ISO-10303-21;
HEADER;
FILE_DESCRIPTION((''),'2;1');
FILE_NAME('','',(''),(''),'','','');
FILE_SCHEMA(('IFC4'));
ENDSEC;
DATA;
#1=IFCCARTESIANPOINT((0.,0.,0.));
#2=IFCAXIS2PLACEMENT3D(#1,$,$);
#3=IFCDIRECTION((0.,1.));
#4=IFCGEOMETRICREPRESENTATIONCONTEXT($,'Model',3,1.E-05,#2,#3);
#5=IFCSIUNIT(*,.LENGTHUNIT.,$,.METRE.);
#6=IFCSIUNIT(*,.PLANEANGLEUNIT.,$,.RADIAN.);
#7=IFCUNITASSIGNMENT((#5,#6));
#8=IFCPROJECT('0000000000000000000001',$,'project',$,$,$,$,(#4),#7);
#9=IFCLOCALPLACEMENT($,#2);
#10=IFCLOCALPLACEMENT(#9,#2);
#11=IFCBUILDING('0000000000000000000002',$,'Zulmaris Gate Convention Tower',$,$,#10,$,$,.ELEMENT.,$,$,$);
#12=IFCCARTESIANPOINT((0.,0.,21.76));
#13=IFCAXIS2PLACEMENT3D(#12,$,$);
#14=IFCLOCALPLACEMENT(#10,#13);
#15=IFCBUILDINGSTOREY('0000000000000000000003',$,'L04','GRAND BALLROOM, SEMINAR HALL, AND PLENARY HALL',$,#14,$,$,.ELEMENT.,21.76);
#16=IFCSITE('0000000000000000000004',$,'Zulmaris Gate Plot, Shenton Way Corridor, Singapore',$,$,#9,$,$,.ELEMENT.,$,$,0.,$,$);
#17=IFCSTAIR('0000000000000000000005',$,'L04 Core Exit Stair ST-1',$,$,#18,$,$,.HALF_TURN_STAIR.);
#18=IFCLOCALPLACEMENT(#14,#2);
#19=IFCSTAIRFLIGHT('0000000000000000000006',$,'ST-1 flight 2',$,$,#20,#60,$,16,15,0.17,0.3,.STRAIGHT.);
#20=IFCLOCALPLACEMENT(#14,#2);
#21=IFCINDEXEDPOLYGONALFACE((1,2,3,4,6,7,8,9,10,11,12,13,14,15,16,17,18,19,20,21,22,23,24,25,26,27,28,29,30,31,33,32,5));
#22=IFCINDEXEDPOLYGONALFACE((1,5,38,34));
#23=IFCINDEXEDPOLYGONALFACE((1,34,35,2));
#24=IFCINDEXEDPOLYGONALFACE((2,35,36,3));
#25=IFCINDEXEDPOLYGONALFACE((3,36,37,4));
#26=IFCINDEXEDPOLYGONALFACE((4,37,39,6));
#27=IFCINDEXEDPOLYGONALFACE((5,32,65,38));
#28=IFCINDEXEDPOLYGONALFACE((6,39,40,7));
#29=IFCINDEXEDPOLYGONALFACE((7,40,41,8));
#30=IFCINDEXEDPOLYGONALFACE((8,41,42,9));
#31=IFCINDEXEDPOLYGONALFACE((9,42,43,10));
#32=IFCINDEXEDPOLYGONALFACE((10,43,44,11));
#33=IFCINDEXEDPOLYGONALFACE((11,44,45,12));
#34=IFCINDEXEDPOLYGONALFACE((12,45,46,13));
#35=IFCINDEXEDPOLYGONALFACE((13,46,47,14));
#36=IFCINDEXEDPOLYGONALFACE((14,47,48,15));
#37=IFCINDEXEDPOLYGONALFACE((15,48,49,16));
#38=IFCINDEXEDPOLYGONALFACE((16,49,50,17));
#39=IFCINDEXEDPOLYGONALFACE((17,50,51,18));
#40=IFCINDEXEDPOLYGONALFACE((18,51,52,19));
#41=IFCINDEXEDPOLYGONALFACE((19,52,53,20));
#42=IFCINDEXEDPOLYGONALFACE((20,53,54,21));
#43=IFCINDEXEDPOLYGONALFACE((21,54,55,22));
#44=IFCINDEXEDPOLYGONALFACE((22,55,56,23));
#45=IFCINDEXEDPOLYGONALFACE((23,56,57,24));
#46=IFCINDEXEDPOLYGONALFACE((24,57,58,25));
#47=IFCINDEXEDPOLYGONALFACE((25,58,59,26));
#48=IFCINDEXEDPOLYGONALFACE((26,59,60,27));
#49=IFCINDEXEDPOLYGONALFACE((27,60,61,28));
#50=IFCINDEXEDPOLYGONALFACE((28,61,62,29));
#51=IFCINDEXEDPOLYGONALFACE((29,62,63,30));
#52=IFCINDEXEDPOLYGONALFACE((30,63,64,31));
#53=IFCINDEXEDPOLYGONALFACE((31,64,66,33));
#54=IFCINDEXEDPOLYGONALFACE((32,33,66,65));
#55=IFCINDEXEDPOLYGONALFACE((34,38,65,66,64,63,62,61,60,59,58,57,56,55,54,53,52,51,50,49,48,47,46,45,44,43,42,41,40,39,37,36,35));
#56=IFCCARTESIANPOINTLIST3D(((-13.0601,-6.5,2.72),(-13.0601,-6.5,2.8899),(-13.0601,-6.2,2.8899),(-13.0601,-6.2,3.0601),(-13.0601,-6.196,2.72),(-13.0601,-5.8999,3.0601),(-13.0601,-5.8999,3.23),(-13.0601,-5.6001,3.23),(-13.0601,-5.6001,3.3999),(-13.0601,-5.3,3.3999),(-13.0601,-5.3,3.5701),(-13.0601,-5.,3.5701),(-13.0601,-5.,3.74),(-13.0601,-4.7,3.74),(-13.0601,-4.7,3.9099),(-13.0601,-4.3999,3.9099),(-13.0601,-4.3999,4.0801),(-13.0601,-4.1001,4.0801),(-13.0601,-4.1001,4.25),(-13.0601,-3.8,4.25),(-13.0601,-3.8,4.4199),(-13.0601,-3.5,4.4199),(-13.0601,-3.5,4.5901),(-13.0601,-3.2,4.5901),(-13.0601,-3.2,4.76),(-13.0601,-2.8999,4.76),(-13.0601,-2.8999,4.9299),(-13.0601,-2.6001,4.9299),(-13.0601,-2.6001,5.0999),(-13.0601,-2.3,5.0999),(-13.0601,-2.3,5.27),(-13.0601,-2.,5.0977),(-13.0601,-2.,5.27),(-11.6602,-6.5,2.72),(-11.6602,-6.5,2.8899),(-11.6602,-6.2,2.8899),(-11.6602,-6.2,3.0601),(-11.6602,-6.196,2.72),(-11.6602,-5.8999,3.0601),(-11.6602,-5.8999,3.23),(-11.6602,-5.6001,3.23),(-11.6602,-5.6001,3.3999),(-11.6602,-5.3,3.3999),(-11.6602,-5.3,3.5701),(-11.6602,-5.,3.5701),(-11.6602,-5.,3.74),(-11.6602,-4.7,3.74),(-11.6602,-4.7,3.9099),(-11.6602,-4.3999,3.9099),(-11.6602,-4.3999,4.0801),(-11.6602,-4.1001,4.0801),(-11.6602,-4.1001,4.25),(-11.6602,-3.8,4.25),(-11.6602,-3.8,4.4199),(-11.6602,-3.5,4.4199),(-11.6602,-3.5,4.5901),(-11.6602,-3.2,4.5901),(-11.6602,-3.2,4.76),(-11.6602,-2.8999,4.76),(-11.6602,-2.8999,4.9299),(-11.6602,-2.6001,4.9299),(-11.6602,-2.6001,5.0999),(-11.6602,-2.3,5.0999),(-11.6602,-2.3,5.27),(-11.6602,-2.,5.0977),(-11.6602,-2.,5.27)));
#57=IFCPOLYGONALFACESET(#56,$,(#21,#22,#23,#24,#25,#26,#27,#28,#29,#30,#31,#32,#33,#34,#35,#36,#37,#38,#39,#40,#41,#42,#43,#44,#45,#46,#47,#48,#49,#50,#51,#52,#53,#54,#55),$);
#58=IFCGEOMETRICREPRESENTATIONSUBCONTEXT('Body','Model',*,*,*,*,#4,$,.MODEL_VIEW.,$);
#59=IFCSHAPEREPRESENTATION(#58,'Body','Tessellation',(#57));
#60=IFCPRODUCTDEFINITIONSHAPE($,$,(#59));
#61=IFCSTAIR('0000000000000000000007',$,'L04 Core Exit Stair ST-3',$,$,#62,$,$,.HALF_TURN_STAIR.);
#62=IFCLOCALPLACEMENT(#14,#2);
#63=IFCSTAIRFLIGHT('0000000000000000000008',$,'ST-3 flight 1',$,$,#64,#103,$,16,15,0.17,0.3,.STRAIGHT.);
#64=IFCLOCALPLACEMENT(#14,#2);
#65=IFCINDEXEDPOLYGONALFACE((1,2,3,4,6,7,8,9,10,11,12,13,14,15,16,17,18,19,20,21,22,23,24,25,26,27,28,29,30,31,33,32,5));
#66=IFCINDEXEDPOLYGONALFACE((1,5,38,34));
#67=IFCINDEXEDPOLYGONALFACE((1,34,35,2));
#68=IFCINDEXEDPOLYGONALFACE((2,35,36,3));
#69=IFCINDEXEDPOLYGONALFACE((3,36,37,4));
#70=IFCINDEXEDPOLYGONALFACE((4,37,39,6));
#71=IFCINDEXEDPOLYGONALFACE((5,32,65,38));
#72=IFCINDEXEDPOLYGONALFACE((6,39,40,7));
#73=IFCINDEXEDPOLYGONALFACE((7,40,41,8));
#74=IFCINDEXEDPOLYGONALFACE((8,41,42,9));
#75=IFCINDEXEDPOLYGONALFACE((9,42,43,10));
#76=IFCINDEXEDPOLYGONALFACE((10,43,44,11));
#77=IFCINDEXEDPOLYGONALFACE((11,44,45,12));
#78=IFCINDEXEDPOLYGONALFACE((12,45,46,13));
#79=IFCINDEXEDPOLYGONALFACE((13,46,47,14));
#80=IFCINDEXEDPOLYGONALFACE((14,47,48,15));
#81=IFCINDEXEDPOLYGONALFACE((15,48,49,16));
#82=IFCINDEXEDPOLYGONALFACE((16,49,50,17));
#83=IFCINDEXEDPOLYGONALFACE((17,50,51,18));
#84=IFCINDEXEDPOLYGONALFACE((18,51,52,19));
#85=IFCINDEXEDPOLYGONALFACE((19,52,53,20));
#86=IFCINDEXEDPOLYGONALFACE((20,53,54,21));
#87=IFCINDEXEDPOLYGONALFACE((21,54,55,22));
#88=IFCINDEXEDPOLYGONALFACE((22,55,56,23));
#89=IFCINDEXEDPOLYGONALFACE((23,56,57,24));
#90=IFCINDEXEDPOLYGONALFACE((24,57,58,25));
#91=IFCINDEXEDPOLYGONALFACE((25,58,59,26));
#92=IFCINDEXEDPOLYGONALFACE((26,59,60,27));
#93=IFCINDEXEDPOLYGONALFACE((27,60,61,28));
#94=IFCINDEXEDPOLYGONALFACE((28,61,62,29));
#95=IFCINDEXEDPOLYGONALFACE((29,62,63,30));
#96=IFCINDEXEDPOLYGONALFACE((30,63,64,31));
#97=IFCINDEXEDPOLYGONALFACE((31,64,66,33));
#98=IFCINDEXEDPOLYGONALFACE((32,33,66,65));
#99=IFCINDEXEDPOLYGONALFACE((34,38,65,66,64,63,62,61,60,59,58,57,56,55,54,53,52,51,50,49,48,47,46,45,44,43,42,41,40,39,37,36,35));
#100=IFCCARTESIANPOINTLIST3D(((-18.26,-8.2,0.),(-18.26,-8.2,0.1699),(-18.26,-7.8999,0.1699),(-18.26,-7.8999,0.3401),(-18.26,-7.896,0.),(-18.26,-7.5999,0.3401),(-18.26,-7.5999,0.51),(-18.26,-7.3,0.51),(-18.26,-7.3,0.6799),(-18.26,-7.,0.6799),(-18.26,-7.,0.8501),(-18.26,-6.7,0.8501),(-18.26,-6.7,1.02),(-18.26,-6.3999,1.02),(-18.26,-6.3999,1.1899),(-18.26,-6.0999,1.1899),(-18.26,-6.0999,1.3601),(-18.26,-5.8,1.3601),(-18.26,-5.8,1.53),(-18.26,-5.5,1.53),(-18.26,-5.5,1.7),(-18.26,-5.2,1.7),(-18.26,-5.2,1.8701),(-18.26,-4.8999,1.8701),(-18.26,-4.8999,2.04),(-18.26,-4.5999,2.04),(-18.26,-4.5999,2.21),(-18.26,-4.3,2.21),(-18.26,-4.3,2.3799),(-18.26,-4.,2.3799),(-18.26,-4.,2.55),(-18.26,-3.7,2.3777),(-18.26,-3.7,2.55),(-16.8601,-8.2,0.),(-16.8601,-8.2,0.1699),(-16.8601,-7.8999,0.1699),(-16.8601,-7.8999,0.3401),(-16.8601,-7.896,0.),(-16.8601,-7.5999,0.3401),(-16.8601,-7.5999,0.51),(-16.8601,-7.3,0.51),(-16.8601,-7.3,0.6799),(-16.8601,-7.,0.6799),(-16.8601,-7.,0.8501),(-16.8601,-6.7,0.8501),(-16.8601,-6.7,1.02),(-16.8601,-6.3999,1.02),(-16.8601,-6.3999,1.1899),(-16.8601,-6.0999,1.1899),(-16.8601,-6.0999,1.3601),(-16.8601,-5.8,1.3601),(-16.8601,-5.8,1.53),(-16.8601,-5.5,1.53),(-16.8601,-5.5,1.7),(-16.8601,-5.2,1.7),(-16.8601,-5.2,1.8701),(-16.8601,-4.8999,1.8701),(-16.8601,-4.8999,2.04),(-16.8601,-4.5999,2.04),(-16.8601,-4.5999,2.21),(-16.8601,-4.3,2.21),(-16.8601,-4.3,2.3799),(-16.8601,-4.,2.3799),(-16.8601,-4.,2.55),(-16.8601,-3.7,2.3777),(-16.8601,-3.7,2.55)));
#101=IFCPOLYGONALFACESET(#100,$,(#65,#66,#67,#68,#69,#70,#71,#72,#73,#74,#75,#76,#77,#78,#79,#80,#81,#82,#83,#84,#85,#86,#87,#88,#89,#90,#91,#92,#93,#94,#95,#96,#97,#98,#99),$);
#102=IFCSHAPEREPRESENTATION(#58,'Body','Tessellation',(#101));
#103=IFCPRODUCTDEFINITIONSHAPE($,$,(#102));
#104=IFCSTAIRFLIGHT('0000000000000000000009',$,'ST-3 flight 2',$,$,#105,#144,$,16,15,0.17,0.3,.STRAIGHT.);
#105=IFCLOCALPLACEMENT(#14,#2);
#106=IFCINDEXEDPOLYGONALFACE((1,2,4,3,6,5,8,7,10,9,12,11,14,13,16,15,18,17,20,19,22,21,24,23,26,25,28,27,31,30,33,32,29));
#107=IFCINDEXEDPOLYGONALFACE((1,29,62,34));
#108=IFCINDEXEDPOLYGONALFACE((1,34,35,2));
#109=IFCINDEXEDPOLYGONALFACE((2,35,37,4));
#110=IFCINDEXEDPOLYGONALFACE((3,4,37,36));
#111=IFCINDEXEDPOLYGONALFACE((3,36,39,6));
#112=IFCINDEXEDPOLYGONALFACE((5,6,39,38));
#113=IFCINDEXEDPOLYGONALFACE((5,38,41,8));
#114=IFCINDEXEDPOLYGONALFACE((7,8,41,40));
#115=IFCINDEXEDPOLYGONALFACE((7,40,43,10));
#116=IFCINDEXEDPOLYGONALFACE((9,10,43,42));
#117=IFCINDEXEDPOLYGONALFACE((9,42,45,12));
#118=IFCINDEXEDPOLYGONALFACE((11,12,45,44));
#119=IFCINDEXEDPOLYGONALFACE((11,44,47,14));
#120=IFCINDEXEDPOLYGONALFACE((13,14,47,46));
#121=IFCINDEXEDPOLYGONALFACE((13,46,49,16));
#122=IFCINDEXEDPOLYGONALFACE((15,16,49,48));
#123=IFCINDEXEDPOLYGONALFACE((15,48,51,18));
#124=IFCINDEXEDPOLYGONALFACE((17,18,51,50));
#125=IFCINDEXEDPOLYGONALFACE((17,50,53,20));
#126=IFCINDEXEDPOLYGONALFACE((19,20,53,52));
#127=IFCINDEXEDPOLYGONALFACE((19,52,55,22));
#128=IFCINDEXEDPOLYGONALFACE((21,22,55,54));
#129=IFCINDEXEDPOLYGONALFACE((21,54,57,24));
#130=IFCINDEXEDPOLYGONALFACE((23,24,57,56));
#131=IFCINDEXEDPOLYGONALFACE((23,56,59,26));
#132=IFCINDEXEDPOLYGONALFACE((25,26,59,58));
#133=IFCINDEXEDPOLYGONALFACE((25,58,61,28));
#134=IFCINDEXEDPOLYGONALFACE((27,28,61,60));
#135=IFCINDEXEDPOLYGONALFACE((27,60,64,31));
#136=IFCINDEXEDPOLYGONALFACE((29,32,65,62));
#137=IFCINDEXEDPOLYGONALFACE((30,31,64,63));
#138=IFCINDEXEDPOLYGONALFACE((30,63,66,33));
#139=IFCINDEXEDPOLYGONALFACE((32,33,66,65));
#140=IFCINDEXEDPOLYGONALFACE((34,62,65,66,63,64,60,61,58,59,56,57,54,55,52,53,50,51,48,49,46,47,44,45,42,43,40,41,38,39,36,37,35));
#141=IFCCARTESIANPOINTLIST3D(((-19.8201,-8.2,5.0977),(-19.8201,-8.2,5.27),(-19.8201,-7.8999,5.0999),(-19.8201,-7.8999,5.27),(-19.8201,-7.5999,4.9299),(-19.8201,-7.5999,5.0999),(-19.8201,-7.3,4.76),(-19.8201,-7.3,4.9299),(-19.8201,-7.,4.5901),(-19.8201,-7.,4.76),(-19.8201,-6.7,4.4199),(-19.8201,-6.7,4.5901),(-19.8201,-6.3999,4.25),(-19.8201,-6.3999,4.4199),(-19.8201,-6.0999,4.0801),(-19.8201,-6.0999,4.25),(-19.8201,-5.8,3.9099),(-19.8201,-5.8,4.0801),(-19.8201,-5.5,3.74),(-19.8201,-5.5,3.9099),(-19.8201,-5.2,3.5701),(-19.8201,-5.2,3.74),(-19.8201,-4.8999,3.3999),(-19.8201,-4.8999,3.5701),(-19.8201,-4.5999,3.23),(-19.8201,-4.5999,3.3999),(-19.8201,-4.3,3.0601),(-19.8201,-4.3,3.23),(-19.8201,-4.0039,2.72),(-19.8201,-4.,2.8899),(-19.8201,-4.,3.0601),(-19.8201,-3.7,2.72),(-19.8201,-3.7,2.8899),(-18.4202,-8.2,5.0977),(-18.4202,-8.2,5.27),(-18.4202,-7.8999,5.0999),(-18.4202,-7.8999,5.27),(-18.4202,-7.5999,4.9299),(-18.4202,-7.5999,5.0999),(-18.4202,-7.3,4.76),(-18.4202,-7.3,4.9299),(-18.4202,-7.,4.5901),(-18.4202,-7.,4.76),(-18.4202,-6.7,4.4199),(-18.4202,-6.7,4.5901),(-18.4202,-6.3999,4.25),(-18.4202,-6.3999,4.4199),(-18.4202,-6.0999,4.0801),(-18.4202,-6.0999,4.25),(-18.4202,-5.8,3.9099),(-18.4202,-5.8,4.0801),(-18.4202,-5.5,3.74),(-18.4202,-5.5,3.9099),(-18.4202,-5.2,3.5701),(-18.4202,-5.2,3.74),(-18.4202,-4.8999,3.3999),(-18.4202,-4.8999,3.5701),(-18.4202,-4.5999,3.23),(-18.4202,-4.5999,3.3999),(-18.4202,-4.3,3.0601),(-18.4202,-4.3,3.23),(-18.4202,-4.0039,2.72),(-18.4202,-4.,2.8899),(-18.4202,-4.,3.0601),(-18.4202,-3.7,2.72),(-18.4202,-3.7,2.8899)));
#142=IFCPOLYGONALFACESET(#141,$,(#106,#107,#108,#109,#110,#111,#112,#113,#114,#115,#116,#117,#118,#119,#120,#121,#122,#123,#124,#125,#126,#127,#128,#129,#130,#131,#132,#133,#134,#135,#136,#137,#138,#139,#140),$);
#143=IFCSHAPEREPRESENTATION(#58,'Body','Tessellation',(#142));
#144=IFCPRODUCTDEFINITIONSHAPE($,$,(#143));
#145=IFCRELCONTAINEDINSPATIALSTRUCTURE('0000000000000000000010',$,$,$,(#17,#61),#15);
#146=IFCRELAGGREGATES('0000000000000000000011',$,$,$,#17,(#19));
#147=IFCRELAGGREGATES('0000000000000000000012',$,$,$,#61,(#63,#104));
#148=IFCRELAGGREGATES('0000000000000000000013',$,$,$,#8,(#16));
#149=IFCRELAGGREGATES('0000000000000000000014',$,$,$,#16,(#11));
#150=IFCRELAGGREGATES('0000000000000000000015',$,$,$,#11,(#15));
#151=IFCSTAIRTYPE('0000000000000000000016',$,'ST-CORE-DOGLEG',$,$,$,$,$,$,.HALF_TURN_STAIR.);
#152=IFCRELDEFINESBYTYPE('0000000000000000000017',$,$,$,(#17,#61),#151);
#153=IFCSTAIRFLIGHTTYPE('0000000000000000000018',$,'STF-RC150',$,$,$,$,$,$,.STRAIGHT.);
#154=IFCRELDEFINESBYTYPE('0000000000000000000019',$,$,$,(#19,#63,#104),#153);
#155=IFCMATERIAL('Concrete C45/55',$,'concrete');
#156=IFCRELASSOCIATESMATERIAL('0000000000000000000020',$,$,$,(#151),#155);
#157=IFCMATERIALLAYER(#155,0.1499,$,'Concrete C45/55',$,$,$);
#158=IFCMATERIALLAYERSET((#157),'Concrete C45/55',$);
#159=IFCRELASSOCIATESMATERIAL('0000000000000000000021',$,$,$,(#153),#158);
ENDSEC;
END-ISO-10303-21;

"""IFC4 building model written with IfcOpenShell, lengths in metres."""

from ifc_helpers import new_model, si_unit, direction, frame, origin, place, context, subcontext, project, spatial, polyline, outline, extrude, material, layer, layer_set, type_object, element, aggregate, save


model = new_model("IFC4")

# Units and contexts
model_context = context("Model", 3, precision=1e-05, world=origin(), true_north=direction((0.0, 1.0)))
body_context = subcontext(model_context, "Body", "Model", "MODEL_VIEW")
ifc_project = project(units=[si_unit("LENGTHUNIT", "METRE"), si_unit("PLANEANGLEUNIT", "RADIAN")], contexts=[model_context])

# Site, building, storey
site_placement = place(None, origin())
site = spatial("IfcSite", under=ifc_project, at=site_placement, Name="Zulmaris Gate Plot, Shenton Way Corridor, Singapore", CompositionType="ELEMENT", RefElevation=0.0)
building_placement = place(site_placement, origin())
building = spatial("IfcBuilding", under=site, at=building_placement, Name="Zulmaris Gate Convention Tower", CompositionType="ELEMENT")
storey_placement = place(building_placement, frame((0.0, 0.0, 21.76)))
storey = spatial("IfcBuildingStorey", under=building, at=storey_placement, Name="L04", Description="GRAND BALLROOM, SEMINAR HALL, AND PLENARY HALL", CompositionType="ELEMENT", Elevation=21.76)

# Stairs, stair flights
ifc_material_1 = material(Name="Concrete C45/55", Category="concrete")
stair_type = type_object("IfcStairType", Name="ST-CORE-DOGLEG", PredefinedType="HALF_TURN_STAIR", material=ifc_material_1)
stair_1_placement = place(storey_placement, origin())
stair_1 = element("IfcStair", 1, at=stair_1_placement, inside=storey, type_object=stair_type, Name="L04 Core Exit Stair ST-1", PredefinedType="HALF_TURN_STAIR")
ifc_layer_1 = layer(ifc_material_1, 0.1499, Name="Concrete C45/55")
ifc_layer_set_1 = layer_set([ifc_layer_1], Name="Concrete C45/55")
stair_flight_type = type_object("IfcStairFlightType", Name="STF-RC150", PredefinedType="STRAIGHT", material=ifc_layer_set_1)
stair_flight_1_placement = place(storey_placement, frame((-12.3601, -6.5, 2.72), z_axis=(0.0, 0.0, 1.0), x_axis=(0.0, 1.0, 0.0)))
stair_flight_1 = element("IfcStairFlight", 2, at=stair_flight_1_placement, type_object=stair_flight_type, Name="ST-1 flight 2", NumberOfRisers=16, NumberOfTreads=15, PredefinedType="STRAIGHT", RiserHeight=0.17, TreadLength=0.3, context=body_context, shape_type="SweptSolid", body=[
    extrude(outline(polyline([(0.0, 0.0), (0.0, 0.1699), (0.3, 0.1699), (0.3, 0.3401), (0.6001, 0.3401), (0.6001, 0.51), (0.8999, 0.51), (0.8999, 0.6799), (1.2, 0.6799), (1.2, 0.8501), (1.5, 0.8501), (1.5, 1.02), (1.8, 1.02), (1.8, 1.1899), (2.1001, 1.1899), (2.1001, 1.3601), (2.3999, 1.3601), (2.3999, 1.53), (2.7, 1.53), (2.7, 1.7), (3.0, 1.7), (3.0, 1.8701), (3.3, 1.8701), (3.3, 2.04), (3.6001, 2.04), (3.6001, 2.21), (3.8999, 2.21), (3.8999, 2.3799), (4.2, 2.3799), (4.2, 2.55), (4.5, 2.55), (4.5, 2.72), (4.5, 2.3777), (0.304, 0.0), (0.0, 0.0)])), frame((0.0, 0.7, 0.0), z_axis=(0.0, -1.0, 0.0), x_axis=(1.0, 0.0, 0.0)), (0.0, 0.0, 1.0), 1.3999),
])
aggregate(stair_1, [stair_flight_1])
stair_2_placement = place(storey_placement, origin())
stair_2 = element("IfcStair", 3, at=stair_2_placement, inside=storey, type_object=stair_type, Name="L04 Core Exit Stair ST-3", PredefinedType="HALF_TURN_STAIR")
stair_flight_2_placement = place(storey_placement, frame((-17.5601, -8.2, 0.0), z_axis=(0.0, 0.0, 1.0), x_axis=(0.0, 1.0, 0.0)))
stair_flight_2 = element("IfcStairFlight", 4, at=stair_flight_2_placement, type_object=stair_flight_type, Name="ST-3 flight 1", NumberOfRisers=16, NumberOfTreads=15, PredefinedType="STRAIGHT", RiserHeight=0.17, TreadLength=0.3, context=body_context, shape_type="SweptSolid", body=[
    extrude(outline(polyline([(0.0, 0.0), (0.0, 0.1699), (0.3, 0.1699), (0.3, 0.3401), (0.6001, 0.3401), (0.6001, 0.51), (0.8999, 0.51), (0.8999, 0.6799), (1.2, 0.6799), (1.2, 0.8501), (1.5, 0.8501), (1.5, 1.02), (1.8, 1.02), (1.8, 1.1899), (2.1001, 1.1899), (2.1001, 1.3601), (2.3999, 1.3601), (2.3999, 1.53), (2.7, 1.53), (2.7, 1.7), (3.0, 1.7), (3.0, 1.8701), (3.3, 1.8701), (3.3, 2.04), (3.6001, 2.04), (3.6001, 2.21), (3.8999, 2.21), (3.8999, 2.3799), (4.2, 2.3799), (4.2, 2.55), (4.5, 2.55), (4.5, 2.72), (4.5, 2.3777), (0.304, 0.0), (0.0, 0.0)])), frame((0.0, 0.7, 0.0), z_axis=(0.0, -1.0, 0.0), x_axis=(1.0, 0.0, 0.0)), (0.0, 0.0, 1.0), 1.3999),
])
stair_flight_3_placement = place(storey_placement, frame((-19.1201, -3.7, 2.72), z_axis=(0.0, 0.0, 1.0), x_axis=(0.0, -1.0, 0.0)))
stair_flight_3 = element("IfcStairFlight", 5, at=stair_flight_3_placement, type_object=stair_flight_type, Name="ST-3 flight 2", NumberOfRisers=16, NumberOfTreads=15, PredefinedType="STRAIGHT", RiserHeight=0.17, TreadLength=0.3, context=body_context, shape_type="SweptSolid", body=[
    extrude(outline(polyline([(0.0, 0.0), (0.0, 0.1699), (0.3, 0.1699), (0.3, 0.3401), (0.6001, 0.3401), (0.6001, 0.51), (0.8999, 0.51), (0.8999, 0.6799), (1.2, 0.6799), (1.2, 0.8501), (1.5, 0.8501), (1.5, 1.02), (1.8, 1.02), (1.8, 1.1899), (2.1001, 1.1899), (2.1001, 1.3601), (2.3999, 1.3601), (2.3999, 1.53), (2.7, 1.53), (2.7, 1.7), (3.0, 1.7), (3.0, 1.8701), (3.3, 1.8701), (3.3, 2.04), (3.6001, 2.04), (3.6001, 2.21), (3.8999, 2.21), (3.8999, 2.3799), (4.2, 2.3799), (4.2, 2.55), (4.5, 2.55), (4.5, 2.72), (4.5, 2.3777), (0.304, 0.0), (0.0, 0.0)])), frame((0.0, 0.7, 0.0), z_axis=(0.0, -1.0, 0.0), x_axis=(1.0, 0.0, 0.0)), (0.0, 0.0, 1.0), 1.3999),
])
aggregate(stair_2, [stair_flight_2, stair_flight_3])

save(model, "model.ifc")
